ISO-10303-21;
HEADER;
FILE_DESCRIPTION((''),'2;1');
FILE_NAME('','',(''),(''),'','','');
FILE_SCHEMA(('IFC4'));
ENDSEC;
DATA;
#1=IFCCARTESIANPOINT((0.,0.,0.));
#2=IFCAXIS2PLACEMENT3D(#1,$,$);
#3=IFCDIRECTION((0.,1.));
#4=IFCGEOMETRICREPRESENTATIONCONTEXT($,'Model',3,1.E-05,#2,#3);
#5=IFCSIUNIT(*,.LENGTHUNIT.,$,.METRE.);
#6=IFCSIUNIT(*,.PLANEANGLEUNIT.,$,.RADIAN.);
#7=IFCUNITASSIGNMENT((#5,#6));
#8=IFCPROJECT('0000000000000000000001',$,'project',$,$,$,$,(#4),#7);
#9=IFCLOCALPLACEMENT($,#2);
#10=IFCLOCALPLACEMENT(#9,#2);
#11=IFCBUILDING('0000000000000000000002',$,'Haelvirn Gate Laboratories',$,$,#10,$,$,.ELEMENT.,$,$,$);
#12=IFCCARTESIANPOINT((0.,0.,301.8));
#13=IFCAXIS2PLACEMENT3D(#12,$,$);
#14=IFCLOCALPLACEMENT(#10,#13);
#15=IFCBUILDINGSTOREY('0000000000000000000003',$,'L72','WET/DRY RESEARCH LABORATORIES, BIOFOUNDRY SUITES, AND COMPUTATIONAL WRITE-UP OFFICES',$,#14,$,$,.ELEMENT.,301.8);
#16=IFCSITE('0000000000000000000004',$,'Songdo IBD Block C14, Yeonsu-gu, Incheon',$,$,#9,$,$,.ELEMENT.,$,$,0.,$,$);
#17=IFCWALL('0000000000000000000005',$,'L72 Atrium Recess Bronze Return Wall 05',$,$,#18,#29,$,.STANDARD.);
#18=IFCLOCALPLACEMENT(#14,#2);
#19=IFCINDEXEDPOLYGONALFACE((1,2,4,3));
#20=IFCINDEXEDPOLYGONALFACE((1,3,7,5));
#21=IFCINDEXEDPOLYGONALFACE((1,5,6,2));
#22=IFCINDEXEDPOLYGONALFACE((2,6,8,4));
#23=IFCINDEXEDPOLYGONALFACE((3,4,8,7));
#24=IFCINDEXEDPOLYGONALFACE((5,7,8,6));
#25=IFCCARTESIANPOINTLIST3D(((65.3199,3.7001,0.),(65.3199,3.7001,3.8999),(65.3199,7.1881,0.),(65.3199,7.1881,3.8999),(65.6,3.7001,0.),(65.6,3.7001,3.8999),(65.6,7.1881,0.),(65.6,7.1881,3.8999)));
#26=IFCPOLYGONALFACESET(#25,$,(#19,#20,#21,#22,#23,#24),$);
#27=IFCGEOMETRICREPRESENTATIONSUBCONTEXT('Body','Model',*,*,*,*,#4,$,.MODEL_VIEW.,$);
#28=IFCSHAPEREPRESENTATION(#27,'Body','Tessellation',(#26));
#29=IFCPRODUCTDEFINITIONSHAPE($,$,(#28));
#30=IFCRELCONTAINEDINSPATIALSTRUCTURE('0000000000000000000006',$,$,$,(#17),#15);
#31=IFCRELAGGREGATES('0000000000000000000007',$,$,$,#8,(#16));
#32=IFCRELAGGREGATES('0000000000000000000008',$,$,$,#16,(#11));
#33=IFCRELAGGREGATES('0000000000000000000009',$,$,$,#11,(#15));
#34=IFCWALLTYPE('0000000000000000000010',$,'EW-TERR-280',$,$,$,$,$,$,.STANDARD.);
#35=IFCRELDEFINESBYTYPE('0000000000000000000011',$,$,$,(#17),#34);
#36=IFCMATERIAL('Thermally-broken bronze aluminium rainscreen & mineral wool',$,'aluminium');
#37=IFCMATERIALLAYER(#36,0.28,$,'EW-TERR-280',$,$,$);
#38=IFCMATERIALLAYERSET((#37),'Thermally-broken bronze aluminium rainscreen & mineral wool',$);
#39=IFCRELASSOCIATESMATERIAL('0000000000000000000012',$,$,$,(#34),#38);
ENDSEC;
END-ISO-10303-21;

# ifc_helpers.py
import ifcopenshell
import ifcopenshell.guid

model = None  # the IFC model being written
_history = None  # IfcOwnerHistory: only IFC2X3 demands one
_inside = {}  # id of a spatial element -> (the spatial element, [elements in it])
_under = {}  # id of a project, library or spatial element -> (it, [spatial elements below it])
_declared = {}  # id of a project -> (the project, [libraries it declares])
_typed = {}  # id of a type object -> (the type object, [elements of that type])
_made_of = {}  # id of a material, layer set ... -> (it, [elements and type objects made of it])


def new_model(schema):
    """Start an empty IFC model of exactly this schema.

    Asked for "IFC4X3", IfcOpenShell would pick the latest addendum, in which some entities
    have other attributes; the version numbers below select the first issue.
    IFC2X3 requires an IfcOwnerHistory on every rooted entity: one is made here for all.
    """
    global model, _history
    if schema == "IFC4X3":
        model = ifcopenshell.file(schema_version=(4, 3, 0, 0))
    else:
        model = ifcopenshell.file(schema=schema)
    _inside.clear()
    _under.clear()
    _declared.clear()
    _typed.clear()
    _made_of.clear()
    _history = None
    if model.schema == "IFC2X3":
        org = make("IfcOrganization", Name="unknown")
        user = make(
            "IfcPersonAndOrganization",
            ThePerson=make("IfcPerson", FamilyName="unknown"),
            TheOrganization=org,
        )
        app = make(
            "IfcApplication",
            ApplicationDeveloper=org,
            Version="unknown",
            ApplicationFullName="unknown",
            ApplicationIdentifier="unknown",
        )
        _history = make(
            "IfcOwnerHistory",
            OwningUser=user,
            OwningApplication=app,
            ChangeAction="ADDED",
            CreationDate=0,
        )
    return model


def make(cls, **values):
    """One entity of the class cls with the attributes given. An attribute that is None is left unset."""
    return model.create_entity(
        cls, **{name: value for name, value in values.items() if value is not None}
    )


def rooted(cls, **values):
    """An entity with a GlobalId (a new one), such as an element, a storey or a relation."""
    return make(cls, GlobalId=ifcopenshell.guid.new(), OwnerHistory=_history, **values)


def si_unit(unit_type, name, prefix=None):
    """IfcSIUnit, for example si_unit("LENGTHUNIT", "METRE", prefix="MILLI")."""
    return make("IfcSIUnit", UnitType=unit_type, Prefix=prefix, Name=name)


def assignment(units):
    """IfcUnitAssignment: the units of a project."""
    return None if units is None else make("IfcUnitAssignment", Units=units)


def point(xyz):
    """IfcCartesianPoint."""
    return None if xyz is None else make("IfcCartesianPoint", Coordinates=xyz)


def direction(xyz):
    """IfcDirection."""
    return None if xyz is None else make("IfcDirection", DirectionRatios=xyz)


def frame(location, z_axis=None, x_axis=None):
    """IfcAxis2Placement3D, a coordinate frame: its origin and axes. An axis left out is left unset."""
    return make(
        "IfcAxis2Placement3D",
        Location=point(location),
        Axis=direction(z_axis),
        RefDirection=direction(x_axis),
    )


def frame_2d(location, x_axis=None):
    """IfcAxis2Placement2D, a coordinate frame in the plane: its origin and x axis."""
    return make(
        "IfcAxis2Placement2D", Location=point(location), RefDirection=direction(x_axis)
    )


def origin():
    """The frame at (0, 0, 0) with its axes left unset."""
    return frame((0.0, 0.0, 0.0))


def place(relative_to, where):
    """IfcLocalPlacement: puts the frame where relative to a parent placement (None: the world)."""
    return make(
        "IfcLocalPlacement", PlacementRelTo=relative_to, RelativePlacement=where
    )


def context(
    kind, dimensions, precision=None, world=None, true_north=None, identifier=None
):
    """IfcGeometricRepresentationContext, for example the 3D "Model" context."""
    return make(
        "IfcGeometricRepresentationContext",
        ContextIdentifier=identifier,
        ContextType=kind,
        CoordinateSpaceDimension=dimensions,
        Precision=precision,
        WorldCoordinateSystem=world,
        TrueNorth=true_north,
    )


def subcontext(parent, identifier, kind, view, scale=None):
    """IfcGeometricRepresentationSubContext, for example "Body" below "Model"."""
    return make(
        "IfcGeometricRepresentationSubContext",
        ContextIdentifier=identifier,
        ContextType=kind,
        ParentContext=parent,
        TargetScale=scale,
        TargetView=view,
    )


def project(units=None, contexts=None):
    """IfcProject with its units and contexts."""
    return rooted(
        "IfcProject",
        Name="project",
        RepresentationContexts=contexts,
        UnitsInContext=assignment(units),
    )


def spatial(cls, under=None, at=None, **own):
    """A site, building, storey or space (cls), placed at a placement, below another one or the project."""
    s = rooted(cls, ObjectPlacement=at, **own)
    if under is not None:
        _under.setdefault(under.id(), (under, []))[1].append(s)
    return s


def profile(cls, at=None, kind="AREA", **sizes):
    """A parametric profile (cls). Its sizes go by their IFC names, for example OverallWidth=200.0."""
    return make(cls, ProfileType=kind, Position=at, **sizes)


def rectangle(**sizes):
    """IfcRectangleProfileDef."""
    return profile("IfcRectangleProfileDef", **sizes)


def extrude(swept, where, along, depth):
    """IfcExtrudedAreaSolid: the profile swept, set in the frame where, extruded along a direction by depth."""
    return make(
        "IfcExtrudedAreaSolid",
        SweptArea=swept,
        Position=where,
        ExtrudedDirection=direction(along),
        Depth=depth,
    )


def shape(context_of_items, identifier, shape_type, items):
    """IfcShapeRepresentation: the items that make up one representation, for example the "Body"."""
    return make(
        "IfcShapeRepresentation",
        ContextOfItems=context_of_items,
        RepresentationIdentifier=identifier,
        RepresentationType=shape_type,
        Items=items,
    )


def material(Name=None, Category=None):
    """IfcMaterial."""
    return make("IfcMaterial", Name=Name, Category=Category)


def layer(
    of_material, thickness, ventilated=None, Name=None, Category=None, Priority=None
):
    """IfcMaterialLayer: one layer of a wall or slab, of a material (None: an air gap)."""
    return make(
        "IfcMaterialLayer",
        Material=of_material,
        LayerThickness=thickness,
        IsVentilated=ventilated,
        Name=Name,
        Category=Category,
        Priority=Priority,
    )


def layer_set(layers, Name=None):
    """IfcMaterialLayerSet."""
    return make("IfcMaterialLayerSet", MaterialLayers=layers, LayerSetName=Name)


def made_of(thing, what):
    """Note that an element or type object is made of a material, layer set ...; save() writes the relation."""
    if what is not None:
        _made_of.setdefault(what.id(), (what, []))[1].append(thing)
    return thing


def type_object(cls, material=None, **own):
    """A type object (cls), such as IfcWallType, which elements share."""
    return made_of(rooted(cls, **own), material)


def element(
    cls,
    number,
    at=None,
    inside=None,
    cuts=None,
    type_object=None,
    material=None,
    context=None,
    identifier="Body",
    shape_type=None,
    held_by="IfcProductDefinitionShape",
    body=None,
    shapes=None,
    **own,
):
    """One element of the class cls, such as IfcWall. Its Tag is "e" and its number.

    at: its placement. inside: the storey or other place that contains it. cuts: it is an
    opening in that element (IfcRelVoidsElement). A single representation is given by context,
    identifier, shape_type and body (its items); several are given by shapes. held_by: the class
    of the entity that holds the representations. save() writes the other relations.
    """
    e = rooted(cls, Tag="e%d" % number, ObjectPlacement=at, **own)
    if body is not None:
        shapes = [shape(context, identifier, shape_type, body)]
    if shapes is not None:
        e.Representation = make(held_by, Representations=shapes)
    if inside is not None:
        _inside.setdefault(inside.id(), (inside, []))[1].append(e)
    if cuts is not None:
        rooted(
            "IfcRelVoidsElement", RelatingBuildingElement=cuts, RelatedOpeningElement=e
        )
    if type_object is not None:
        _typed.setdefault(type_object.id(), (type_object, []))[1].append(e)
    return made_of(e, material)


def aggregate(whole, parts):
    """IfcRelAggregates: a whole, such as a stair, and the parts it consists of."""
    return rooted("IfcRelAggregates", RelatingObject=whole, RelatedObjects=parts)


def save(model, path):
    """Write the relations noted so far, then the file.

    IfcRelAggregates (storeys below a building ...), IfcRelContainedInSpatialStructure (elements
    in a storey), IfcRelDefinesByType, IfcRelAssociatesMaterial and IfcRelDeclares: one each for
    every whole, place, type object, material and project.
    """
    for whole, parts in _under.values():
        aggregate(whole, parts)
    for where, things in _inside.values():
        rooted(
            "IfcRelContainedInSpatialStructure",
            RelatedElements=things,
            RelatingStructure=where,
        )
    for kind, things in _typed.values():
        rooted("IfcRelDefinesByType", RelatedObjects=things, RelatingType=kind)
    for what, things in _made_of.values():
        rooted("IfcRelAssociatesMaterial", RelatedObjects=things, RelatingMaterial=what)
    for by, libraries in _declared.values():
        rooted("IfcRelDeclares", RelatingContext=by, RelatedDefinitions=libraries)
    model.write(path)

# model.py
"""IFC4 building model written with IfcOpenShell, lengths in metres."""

from ifc_helpers import new_model, si_unit, direction, frame, frame_2d, origin, place, context, subcontext, project, spatial, rectangle, extrude, material, layer, layer_set, type_object, element, save


model = new_model("IFC4")

# Units and contexts
model_context = context("Model", 3, precision=1e-05, world=origin(), true_north=direction((0.0, 1.0)))
body_context = subcontext(model_context, "Body", "Model", "MODEL_VIEW")
ifc_project = project(units=[si_unit("LENGTHUNIT", "METRE"), si_unit("PLANEANGLEUNIT", "RADIAN")], contexts=[model_context])

# Site, building, storey
site_placement = place(None, origin())
site = spatial("IfcSite", under=ifc_project, at=site_placement, Name="Songdo IBD Block C14, Yeonsu-gu, Incheon", CompositionType="ELEMENT", RefElevation=0.0)
building_placement = place(site_placement, origin())
building = spatial("IfcBuilding", under=site, at=building_placement, Name="Haelvirn Gate Laboratories", CompositionType="ELEMENT")
storey_placement = place(building_placement, frame((0.0, 0.0, 301.8)))
storey = spatial("IfcBuildingStorey", under=building, at=storey_placement, Name="L72", Description="WET/DRY RESEARCH LABORATORIES, BIOFOUNDRY SUITES, AND COMPUTATIONAL WRITE-UP OFFICES", CompositionType="ELEMENT", Elevation=301.8)

# Wall
ifc_material_1 = material(Name="Thermally-broken bronze aluminium rainscreen & mineral wool", Category="aluminium")
ifc_layer_1 = layer(ifc_material_1, 0.28, Name="EW-TERR-280")
ifc_layer_set_1 = layer_set([ifc_layer_1], Name="Thermally-broken bronze aluminium rainscreen & mineral wool")
wall_type = type_object("IfcWallType", Name="EW-TERR-280", PredefinedType="STANDARD", material=ifc_layer_set_1)
wall_placement = place(storey_placement, frame((65.46, 3.7, 0.0), z_axis=(0.0, 0.0, 1.0), x_axis=(0.0, 1.0, 0.0)))
element("IfcWall", 1, at=wall_placement, inside=storey, type_object=wall_type, Name="L72 Atrium Recess Bronze Return Wall 05", PredefinedType="STANDARD", context=body_context, shape_type="SweptSolid", body=[
    extrude(rectangle(XDim=3.488, YDim=0.28, at=frame_2d((1.7441, 0.0))), origin(), (0.0, 0.0, 1.0), 3.8999),
])

save(model, "model.ifc")
